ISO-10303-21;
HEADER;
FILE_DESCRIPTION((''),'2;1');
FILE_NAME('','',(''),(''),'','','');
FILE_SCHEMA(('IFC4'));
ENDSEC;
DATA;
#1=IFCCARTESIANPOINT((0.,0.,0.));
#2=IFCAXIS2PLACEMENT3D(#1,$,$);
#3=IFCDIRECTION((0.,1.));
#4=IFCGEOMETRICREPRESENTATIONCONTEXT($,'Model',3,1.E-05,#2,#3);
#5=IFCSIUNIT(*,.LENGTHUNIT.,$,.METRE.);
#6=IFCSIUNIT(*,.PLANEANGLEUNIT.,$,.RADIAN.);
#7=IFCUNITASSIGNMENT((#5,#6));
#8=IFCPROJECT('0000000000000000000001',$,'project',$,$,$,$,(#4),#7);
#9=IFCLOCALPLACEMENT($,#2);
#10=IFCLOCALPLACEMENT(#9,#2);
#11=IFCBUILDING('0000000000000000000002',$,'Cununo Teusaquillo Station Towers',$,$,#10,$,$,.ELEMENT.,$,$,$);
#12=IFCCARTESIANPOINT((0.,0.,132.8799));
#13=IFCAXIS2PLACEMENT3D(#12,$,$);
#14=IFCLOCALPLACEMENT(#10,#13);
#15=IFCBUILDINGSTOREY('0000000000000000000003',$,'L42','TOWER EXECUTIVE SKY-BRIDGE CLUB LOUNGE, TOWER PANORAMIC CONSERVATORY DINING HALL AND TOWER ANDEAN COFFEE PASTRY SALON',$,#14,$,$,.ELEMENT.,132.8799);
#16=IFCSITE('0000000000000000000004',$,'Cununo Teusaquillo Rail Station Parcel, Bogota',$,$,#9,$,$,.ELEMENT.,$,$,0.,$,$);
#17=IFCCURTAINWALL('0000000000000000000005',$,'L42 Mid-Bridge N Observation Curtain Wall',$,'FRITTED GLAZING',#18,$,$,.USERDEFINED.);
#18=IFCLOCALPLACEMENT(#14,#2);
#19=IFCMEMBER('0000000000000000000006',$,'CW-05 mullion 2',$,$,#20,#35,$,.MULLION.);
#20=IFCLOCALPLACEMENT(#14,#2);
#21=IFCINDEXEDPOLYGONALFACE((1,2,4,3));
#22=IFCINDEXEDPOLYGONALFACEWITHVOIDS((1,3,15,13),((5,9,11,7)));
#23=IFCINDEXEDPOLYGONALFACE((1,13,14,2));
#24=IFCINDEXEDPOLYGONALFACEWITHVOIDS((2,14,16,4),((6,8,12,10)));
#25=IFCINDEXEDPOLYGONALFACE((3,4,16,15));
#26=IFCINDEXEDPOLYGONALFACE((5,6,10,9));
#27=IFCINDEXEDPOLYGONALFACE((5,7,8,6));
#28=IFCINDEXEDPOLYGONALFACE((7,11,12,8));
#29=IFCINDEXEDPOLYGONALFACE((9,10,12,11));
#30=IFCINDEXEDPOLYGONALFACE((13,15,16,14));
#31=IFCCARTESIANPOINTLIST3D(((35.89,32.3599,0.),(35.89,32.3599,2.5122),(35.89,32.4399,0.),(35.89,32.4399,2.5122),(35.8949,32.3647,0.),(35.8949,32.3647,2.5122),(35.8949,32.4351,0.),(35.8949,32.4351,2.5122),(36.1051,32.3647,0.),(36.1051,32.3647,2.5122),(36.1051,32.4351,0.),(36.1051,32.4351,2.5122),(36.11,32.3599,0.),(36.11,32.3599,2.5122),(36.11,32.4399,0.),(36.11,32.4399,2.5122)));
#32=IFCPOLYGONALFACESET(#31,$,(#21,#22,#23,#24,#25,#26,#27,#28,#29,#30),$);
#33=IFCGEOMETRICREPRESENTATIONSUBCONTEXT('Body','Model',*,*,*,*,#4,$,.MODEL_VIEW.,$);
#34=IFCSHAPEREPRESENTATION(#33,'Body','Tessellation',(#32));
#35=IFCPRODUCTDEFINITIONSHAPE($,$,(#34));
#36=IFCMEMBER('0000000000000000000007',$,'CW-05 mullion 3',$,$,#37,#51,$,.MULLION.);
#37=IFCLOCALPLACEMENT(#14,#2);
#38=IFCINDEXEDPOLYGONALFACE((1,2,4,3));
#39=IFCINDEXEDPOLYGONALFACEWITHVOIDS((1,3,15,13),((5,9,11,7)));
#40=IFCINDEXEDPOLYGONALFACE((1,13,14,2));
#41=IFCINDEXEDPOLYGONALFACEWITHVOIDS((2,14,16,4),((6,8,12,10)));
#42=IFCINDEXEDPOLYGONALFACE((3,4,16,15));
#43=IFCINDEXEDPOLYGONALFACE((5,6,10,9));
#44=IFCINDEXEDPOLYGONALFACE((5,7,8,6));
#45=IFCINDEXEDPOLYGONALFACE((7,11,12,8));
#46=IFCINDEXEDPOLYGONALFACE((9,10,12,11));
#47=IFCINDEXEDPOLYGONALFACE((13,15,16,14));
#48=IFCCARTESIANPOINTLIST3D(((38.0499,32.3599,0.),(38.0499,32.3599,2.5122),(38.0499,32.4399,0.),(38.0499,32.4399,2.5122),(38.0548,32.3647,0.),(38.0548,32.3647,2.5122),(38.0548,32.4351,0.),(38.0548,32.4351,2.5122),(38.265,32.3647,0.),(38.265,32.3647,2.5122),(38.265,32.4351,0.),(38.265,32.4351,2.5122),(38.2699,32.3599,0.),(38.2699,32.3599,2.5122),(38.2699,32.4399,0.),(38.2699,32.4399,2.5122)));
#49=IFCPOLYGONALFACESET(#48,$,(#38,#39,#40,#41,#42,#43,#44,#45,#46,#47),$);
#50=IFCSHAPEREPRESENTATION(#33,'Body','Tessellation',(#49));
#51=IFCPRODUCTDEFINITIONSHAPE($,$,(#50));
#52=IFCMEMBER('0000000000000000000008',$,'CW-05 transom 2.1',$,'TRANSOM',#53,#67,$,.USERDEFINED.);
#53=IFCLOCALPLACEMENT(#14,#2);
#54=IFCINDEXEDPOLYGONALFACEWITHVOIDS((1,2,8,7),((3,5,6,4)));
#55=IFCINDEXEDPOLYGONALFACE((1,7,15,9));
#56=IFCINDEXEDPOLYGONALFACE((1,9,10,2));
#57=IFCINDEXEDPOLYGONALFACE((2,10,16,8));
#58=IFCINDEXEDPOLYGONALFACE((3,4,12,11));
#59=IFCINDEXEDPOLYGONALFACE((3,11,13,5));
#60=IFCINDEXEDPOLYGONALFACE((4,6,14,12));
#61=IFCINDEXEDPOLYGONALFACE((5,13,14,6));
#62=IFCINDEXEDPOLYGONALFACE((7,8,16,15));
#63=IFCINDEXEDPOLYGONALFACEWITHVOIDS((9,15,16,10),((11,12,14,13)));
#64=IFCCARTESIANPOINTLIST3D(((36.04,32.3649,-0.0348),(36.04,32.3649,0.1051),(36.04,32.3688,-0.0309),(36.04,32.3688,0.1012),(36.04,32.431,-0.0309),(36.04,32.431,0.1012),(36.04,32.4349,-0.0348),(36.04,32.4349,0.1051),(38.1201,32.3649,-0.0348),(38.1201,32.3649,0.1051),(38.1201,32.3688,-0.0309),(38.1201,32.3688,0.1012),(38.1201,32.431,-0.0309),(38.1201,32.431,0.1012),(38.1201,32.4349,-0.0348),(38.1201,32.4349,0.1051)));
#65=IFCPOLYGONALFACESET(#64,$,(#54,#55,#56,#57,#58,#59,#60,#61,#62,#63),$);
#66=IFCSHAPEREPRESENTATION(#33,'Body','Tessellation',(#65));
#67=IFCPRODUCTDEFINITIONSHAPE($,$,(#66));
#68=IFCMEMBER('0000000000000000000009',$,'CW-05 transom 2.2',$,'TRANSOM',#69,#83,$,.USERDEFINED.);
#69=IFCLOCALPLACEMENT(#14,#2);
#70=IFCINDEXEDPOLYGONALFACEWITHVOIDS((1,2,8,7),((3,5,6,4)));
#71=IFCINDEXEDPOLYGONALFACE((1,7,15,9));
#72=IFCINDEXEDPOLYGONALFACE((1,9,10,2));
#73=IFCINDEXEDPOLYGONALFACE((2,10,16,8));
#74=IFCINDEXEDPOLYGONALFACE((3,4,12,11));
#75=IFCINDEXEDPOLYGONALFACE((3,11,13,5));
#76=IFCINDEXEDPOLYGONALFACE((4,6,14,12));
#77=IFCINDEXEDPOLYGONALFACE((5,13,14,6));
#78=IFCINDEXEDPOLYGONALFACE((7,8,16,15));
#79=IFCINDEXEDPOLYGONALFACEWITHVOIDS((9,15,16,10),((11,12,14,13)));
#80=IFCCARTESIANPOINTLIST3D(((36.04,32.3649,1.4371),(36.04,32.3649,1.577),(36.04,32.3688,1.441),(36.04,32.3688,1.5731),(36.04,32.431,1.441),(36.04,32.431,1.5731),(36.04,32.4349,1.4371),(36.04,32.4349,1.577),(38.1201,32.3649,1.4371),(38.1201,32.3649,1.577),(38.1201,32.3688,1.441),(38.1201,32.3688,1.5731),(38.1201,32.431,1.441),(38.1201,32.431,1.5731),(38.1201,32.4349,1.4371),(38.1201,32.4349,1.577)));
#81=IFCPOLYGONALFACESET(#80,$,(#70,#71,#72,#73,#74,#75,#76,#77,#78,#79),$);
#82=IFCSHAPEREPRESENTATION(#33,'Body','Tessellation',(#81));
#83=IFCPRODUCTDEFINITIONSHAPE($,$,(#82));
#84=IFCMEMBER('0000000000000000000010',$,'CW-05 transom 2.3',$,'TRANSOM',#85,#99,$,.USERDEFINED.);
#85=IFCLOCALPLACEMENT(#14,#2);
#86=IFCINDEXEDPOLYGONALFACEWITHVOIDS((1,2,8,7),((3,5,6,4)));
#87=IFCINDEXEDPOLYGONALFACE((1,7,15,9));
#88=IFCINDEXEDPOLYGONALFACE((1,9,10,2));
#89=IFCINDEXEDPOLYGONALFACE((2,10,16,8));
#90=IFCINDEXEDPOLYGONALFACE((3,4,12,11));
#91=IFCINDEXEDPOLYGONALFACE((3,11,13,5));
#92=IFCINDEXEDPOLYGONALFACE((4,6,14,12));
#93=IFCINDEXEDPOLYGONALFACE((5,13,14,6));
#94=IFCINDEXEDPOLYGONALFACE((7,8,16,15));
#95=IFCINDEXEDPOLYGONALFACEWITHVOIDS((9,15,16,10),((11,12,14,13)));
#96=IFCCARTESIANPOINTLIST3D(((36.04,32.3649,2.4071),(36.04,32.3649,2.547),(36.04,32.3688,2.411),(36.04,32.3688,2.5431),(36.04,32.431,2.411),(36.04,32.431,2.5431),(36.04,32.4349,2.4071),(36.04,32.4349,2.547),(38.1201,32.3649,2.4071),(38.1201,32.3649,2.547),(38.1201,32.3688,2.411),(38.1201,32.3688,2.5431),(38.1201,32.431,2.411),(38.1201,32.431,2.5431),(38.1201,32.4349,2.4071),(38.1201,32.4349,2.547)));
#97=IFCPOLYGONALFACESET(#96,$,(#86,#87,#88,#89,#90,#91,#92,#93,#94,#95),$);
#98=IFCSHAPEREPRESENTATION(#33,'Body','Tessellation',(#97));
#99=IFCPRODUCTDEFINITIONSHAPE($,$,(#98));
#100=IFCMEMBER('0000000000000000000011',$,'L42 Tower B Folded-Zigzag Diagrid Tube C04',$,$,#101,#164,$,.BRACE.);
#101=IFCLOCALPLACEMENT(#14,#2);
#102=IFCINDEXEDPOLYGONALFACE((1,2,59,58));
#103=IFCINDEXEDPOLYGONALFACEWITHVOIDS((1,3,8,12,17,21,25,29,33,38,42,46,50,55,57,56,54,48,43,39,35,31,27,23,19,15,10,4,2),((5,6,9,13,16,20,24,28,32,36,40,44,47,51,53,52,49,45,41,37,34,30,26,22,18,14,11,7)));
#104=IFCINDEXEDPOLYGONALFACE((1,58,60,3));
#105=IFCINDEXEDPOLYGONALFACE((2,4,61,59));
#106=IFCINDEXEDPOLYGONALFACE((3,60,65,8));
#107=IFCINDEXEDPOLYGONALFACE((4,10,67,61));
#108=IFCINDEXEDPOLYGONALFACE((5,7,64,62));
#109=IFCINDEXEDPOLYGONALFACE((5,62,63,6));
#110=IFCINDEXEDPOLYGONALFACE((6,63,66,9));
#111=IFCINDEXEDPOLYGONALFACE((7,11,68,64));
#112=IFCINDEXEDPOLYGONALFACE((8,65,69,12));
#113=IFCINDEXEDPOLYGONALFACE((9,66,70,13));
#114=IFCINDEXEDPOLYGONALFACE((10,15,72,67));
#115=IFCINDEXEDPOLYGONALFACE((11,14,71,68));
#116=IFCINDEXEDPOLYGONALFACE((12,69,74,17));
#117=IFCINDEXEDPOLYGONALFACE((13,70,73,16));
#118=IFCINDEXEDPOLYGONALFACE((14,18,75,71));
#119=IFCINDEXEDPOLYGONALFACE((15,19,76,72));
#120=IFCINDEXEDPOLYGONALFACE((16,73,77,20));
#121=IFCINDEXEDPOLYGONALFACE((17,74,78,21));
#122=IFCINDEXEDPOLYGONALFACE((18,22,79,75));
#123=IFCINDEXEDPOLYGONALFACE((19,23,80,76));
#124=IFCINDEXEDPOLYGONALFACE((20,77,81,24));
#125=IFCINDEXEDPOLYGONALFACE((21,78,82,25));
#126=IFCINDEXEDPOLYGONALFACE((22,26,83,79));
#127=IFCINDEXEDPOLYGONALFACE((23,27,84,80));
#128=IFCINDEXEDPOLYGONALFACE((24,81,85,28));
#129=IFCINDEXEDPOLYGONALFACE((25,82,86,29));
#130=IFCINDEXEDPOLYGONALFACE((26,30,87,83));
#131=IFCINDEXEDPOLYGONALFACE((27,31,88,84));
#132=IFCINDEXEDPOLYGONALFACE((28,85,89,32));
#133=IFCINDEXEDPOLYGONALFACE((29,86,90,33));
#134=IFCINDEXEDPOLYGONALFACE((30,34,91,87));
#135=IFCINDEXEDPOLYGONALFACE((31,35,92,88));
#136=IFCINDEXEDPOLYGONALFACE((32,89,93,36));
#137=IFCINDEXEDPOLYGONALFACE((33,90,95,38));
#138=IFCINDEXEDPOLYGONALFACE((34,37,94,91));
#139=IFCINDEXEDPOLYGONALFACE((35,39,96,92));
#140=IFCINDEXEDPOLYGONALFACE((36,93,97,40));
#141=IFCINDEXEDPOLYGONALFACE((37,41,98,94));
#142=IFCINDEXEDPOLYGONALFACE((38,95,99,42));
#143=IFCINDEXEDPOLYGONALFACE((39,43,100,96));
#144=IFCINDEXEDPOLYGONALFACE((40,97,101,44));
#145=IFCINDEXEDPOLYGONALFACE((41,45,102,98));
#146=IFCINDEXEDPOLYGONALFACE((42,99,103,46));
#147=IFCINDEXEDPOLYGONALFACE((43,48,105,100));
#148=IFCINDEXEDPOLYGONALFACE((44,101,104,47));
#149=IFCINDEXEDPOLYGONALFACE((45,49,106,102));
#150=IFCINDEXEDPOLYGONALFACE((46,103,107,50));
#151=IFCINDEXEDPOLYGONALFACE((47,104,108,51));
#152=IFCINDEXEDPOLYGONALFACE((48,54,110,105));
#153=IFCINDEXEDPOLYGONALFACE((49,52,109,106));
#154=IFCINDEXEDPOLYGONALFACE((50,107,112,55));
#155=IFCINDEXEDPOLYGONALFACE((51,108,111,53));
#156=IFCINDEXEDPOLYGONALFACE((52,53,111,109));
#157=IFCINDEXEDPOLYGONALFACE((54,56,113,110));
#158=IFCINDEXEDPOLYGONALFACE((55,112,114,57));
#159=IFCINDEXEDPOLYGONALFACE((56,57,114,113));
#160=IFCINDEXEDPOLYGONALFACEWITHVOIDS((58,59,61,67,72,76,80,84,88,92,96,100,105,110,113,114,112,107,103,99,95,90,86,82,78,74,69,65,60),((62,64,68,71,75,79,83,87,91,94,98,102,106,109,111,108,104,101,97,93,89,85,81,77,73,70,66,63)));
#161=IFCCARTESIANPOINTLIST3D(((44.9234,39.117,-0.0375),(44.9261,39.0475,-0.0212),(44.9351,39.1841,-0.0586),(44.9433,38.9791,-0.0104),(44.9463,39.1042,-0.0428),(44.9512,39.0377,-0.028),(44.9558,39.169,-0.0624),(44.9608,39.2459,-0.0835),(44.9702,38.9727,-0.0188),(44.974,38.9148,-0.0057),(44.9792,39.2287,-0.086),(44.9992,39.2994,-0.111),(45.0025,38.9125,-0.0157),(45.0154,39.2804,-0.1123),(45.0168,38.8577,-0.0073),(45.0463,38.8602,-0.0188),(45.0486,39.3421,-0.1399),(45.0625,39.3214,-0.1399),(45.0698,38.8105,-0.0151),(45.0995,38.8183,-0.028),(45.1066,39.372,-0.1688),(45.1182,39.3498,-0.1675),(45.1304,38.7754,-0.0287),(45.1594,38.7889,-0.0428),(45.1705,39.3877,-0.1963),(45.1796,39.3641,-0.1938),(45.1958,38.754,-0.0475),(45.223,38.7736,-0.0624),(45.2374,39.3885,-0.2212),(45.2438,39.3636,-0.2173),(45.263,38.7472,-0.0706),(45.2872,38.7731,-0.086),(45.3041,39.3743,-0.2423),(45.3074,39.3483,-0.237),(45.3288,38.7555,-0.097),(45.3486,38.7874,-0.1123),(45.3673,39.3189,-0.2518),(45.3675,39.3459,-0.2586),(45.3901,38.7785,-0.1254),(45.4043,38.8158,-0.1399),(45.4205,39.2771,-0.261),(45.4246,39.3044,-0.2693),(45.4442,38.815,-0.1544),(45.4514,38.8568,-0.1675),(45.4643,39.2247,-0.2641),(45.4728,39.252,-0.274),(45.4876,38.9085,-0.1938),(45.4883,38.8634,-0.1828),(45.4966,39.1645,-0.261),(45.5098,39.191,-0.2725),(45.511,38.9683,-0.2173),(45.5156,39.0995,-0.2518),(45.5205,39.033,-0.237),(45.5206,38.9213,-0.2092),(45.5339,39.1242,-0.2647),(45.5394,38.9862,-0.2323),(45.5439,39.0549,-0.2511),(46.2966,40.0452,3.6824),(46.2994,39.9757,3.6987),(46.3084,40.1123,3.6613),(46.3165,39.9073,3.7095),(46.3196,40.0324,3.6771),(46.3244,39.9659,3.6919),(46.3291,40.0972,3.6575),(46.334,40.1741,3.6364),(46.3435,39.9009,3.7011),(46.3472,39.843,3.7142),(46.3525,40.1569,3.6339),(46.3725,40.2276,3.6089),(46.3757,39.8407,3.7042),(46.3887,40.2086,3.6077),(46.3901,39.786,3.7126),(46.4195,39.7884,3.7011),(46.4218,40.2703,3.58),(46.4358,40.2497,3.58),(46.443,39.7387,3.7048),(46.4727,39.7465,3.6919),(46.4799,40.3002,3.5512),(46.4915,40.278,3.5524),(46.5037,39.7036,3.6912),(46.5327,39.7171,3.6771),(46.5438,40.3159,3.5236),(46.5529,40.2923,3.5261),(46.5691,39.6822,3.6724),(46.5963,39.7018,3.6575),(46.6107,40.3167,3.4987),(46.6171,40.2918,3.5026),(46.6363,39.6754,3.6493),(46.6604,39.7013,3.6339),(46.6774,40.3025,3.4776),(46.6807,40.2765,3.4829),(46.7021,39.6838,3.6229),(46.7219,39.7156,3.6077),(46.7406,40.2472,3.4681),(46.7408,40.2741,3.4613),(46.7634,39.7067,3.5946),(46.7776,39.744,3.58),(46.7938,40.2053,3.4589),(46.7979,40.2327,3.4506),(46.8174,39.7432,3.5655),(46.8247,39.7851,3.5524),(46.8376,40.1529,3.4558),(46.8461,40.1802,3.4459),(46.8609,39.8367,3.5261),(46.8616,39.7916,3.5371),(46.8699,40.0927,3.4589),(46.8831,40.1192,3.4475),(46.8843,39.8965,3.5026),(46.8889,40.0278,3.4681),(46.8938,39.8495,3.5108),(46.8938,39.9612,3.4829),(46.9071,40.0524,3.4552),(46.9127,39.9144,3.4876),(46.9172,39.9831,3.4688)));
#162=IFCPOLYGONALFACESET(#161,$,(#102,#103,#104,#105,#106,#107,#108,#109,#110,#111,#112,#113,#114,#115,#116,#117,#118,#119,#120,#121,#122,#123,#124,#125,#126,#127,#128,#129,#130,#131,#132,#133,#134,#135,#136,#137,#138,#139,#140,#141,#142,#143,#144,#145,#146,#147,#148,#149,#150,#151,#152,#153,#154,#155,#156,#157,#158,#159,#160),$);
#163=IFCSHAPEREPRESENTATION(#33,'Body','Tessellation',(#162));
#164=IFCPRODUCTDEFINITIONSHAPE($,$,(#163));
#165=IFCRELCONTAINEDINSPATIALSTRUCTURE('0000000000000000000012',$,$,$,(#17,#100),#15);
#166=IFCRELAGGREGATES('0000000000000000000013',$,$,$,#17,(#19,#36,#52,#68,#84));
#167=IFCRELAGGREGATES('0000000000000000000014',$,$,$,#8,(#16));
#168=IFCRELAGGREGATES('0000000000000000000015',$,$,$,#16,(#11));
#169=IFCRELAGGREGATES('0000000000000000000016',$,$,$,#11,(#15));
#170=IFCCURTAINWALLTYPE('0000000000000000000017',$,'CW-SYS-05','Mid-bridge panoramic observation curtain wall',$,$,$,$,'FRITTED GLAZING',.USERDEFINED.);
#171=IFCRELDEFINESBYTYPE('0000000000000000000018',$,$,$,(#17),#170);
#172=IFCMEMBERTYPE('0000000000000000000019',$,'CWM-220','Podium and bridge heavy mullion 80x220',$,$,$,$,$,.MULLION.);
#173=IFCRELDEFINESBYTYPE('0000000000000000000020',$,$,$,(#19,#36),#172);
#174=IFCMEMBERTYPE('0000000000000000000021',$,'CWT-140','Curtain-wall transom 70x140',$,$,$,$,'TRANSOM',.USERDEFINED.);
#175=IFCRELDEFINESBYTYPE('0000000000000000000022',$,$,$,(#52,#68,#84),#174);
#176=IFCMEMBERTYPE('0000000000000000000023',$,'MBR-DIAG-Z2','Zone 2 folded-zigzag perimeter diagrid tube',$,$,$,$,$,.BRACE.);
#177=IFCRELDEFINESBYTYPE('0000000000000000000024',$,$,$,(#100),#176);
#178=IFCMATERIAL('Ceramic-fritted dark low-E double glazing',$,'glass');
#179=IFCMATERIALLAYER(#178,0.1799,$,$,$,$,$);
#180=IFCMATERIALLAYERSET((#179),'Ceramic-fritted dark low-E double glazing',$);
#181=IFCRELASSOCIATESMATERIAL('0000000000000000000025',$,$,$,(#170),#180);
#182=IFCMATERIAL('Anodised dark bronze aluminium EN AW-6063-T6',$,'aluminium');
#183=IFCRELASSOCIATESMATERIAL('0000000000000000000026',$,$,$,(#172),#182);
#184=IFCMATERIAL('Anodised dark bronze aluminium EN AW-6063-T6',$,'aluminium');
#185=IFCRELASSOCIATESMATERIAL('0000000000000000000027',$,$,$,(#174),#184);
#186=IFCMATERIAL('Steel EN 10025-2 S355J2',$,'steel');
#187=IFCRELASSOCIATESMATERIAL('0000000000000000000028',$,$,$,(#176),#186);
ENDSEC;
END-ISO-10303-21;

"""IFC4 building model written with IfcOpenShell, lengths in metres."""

from ifc_helpers import new_model, si_unit, direction, frame, origin, origin_2d, place, context, subcontext, project, spatial, hollow_rectangle, hollow_circle, extrude, material, layer, layer_set, material_profile, profile_set, type_object, element, aggregate, save


model = new_model("IFC4")

# Units and contexts
model_context = context("Model", 3, precision=1e-05, world=origin(), true_north=direction((0.0, 1.0)))
body_context = subcontext(model_context, "Body", "Model", "MODEL_VIEW")
ifc_project = project(units=[si_unit("LENGTHUNIT", "METRE"), si_unit("PLANEANGLEUNIT", "RADIAN")], contexts=[model_context])

# Site, building, storey
site_placement = place(None, origin())
site = spatial("IfcSite", under=ifc_project, at=site_placement, Name="Cununo Teusaquillo Rail Station Parcel, Bogota", CompositionType="ELEMENT", RefElevation=0.0)
building_placement = place(site_placement, origin())
building = spatial("IfcBuilding", under=site, at=building_placement, Name="Cununo Teusaquillo Station Towers", CompositionType="ELEMENT")
storey_placement = place(building_placement, frame((0.0, 0.0, 132.8799)))
storey = spatial("IfcBuildingStorey", under=building, at=storey_placement, Name="L42", Description="TOWER EXECUTIVE SKY-BRIDGE CLUB LOUNGE, TOWER PANORAMIC CONSERVATORY DINING HALL AND TOWER ANDEAN COFFEE PASTRY SALON", CompositionType="ELEMENT", Elevation=132.8799)

# Curtain wall, members
ifc_material_1 = material(Name="Ceramic-fritted dark low-E double glazing", Category="glass")
ifc_layer_1 = layer(ifc_material_1, 0.1799)
ifc_layer_set_1 = layer_set([ifc_layer_1], Name="Ceramic-fritted dark low-E double glazing")
curtain_wall_type = type_object("IfcCurtainWallType", Name="CW-SYS-05", Description="Mid-bridge panoramic observation curtain wall", ElementType="FRITTED GLAZING", PredefinedType="USERDEFINED", material=ifc_layer_set_1)
curtain_wall_placement = place(storey_placement, origin())
curtain_wall = element("IfcCurtainWall", 1, at=curtain_wall_placement, inside=storey, type_object=curtain_wall_type, Name="L42 Mid-Bridge N Observation Curtain Wall", ObjectType="FRITTED GLAZING", PredefinedType="USERDEFINED")
ifc_material_2 = material(Name="Anodised dark bronze aluminium EN AW-6063-T6", Category="aluminium")
ifc_material_profile_1 = material_profile(ifc_material_2, hollow_rectangle(XDim=0.0801, YDim=0.22, WallThickness=0.0049, at=origin_2d()), Name="CW-MULL-80x220")
ifc_profile_set_1 = profile_set([ifc_material_profile_1], Name="Anodised dark bronze aluminium EN AW-6063-T6")
member_type_1 = type_object("IfcMemberType", Name="CWM-220", Description="Podium and bridge heavy mullion 80x220", PredefinedType="MULLION", material=ifc_profile_set_1)
member_1_placement = place(storey_placement, frame((36.0, 32.3999, 0.0), z_axis=(0.0, 0.0, 1.0), x_axis=(0.0, 1.0, 0.0)))
member_1 = element("IfcMember", 2, at=member_1_placement, type_object=member_type_1, Name="CW-05 mullion 2", PredefinedType="MULLION", context=body_context, shape_type="SweptSolid", body=[
    extrude(hollow_rectangle(XDim=0.0801, YDim=0.22, WallThickness=0.0049, at=origin_2d()), origin(), (0.0, 0.0, 1.0), 2.5122),
])
member_2_placement = place(storey_placement, frame((38.1599, 32.3999, 0.0), z_axis=(0.0, 0.0, 1.0), x_axis=(0.0, 1.0, 0.0)))
member_2 = element("IfcMember", 3, at=member_2_placement, type_object=member_type_1, Name="CW-05 mullion 3", PredefinedType="MULLION", context=body_context, shape_type="SweptSolid", body=[
    extrude(hollow_rectangle(XDim=0.0801, YDim=0.22, WallThickness=0.0049, at=origin_2d()), origin(), (0.0, 0.0, 1.0), 2.5122),
])
ifc_material_3 = material(Name="Anodised dark bronze aluminium EN AW-6063-T6", Category="aluminium")
ifc_material_profile_2 = material_profile(ifc_material_3, hollow_rectangle(XDim=0.0701, YDim=0.1399, WallThickness=0.0039, at=origin_2d()), Name="CW-TRAN-70x140")
ifc_profile_set_2 = profile_set([ifc_material_profile_2], Name="Anodised dark bronze aluminium EN AW-6063-T6")
member_type_2 = type_object("IfcMemberType", Name="CWT-140", Description="Curtain-wall transom 70x140", ElementType="TRANSOM", PredefinedType="USERDEFINED", material=ifc_profile_set_2)
member_3_placement = place(storey_placement, frame((36.04, 32.3999, 0.0352), z_axis=(1.0, 0.0, 0.0), x_axis=(0.0, 1.0, 0.0)))
member_3 = element("IfcMember", 4, at=member_3_placement, type_object=member_type_2, Name="CW-05 transom 2.1", ObjectType="TRANSOM", PredefinedType="USERDEFINED", context=body_context, shape_type="SweptSolid", body=[
    extrude(hollow_rectangle(XDim=0.0701, YDim=0.1399, WallThickness=0.0039, at=origin_2d()), origin(), (0.0, 0.0, 1.0), 2.0801),
])
member_4_placement = place(storey_placement, frame((36.04, 32.3999, 1.5071), z_axis=(1.0, 0.0, 0.0), x_axis=(0.0, 1.0, 0.0)))
member_4 = element("IfcMember", 5, at=member_4_placement, type_object=member_type_2, Name="CW-05 transom 2.2", ObjectType="TRANSOM", PredefinedType="USERDEFINED", context=body_context, shape_type="SweptSolid", body=[
    extrude(hollow_rectangle(XDim=0.0701, YDim=0.1399, WallThickness=0.0039, at=origin_2d()), origin(), (0.0, 0.0, 1.0), 2.0801),
])
member_5_placement = place(storey_placement, frame((36.04, 32.3999, 2.4771), z_axis=(1.0, 0.0, 0.0), x_axis=(0.0, 1.0, 0.0)))
member_5 = element("IfcMember", 6, at=member_5_placement, type_object=member_type_2, Name="CW-05 transom 2.3", ObjectType="TRANSOM", PredefinedType="USERDEFINED", context=body_context, shape_type="SweptSolid", body=[
    extrude(hollow_rectangle(XDim=0.0701, YDim=0.1399, WallThickness=0.0039, at=origin_2d()), origin(), (0.0, 0.0, 1.0), 2.0801),
])

# Member
ifc_material_4 = material(Name="Steel EN 10025-2 S355J2", Category="steel")
ifc_material_profile_3 = material_profile(ifc_material_4, hollow_circle(Radius=0.3301, WallThickness=0.0249, at=origin_2d()), Name="CHS 660x25")
ifc_profile_set_3 = profile_set([ifc_material_profile_3], Name="Steel EN 10025-2 S355J2")
member_type_3 = type_object("IfcMemberType", Name="MBR-DIAG-Z2", Description="Zone 2 folded-zigzag perimeter diagrid tube", PredefinedType="BRACE", material=ifc_profile_set_3)
member_6_placement = place(storey_placement, frame((45.2334, 39.0686, -0.1399), z_axis=(0.337206, 0.227921, 0.913424), x_axis=(-0.559991, 0.828498, 0.0)))
element("IfcMember", 7, at=member_6_placement, inside=storey, type_object=member_type_3, Name="L42 Tower B Folded-Zigzag Diagrid Tube C04", PredefinedType="BRACE", context=body_context, shape_type="SweptSolid", body=[
    extrude(hollow_circle(Radius=0.3301, WallThickness=0.0249, at=origin_2d()), origin(), (0.0, 0.0, 1.0), 4.0725),
])

aggregate(curtain_wall, [member_1, member_2, member_3, member_4, member_5])

save(model, "model.ifc")
